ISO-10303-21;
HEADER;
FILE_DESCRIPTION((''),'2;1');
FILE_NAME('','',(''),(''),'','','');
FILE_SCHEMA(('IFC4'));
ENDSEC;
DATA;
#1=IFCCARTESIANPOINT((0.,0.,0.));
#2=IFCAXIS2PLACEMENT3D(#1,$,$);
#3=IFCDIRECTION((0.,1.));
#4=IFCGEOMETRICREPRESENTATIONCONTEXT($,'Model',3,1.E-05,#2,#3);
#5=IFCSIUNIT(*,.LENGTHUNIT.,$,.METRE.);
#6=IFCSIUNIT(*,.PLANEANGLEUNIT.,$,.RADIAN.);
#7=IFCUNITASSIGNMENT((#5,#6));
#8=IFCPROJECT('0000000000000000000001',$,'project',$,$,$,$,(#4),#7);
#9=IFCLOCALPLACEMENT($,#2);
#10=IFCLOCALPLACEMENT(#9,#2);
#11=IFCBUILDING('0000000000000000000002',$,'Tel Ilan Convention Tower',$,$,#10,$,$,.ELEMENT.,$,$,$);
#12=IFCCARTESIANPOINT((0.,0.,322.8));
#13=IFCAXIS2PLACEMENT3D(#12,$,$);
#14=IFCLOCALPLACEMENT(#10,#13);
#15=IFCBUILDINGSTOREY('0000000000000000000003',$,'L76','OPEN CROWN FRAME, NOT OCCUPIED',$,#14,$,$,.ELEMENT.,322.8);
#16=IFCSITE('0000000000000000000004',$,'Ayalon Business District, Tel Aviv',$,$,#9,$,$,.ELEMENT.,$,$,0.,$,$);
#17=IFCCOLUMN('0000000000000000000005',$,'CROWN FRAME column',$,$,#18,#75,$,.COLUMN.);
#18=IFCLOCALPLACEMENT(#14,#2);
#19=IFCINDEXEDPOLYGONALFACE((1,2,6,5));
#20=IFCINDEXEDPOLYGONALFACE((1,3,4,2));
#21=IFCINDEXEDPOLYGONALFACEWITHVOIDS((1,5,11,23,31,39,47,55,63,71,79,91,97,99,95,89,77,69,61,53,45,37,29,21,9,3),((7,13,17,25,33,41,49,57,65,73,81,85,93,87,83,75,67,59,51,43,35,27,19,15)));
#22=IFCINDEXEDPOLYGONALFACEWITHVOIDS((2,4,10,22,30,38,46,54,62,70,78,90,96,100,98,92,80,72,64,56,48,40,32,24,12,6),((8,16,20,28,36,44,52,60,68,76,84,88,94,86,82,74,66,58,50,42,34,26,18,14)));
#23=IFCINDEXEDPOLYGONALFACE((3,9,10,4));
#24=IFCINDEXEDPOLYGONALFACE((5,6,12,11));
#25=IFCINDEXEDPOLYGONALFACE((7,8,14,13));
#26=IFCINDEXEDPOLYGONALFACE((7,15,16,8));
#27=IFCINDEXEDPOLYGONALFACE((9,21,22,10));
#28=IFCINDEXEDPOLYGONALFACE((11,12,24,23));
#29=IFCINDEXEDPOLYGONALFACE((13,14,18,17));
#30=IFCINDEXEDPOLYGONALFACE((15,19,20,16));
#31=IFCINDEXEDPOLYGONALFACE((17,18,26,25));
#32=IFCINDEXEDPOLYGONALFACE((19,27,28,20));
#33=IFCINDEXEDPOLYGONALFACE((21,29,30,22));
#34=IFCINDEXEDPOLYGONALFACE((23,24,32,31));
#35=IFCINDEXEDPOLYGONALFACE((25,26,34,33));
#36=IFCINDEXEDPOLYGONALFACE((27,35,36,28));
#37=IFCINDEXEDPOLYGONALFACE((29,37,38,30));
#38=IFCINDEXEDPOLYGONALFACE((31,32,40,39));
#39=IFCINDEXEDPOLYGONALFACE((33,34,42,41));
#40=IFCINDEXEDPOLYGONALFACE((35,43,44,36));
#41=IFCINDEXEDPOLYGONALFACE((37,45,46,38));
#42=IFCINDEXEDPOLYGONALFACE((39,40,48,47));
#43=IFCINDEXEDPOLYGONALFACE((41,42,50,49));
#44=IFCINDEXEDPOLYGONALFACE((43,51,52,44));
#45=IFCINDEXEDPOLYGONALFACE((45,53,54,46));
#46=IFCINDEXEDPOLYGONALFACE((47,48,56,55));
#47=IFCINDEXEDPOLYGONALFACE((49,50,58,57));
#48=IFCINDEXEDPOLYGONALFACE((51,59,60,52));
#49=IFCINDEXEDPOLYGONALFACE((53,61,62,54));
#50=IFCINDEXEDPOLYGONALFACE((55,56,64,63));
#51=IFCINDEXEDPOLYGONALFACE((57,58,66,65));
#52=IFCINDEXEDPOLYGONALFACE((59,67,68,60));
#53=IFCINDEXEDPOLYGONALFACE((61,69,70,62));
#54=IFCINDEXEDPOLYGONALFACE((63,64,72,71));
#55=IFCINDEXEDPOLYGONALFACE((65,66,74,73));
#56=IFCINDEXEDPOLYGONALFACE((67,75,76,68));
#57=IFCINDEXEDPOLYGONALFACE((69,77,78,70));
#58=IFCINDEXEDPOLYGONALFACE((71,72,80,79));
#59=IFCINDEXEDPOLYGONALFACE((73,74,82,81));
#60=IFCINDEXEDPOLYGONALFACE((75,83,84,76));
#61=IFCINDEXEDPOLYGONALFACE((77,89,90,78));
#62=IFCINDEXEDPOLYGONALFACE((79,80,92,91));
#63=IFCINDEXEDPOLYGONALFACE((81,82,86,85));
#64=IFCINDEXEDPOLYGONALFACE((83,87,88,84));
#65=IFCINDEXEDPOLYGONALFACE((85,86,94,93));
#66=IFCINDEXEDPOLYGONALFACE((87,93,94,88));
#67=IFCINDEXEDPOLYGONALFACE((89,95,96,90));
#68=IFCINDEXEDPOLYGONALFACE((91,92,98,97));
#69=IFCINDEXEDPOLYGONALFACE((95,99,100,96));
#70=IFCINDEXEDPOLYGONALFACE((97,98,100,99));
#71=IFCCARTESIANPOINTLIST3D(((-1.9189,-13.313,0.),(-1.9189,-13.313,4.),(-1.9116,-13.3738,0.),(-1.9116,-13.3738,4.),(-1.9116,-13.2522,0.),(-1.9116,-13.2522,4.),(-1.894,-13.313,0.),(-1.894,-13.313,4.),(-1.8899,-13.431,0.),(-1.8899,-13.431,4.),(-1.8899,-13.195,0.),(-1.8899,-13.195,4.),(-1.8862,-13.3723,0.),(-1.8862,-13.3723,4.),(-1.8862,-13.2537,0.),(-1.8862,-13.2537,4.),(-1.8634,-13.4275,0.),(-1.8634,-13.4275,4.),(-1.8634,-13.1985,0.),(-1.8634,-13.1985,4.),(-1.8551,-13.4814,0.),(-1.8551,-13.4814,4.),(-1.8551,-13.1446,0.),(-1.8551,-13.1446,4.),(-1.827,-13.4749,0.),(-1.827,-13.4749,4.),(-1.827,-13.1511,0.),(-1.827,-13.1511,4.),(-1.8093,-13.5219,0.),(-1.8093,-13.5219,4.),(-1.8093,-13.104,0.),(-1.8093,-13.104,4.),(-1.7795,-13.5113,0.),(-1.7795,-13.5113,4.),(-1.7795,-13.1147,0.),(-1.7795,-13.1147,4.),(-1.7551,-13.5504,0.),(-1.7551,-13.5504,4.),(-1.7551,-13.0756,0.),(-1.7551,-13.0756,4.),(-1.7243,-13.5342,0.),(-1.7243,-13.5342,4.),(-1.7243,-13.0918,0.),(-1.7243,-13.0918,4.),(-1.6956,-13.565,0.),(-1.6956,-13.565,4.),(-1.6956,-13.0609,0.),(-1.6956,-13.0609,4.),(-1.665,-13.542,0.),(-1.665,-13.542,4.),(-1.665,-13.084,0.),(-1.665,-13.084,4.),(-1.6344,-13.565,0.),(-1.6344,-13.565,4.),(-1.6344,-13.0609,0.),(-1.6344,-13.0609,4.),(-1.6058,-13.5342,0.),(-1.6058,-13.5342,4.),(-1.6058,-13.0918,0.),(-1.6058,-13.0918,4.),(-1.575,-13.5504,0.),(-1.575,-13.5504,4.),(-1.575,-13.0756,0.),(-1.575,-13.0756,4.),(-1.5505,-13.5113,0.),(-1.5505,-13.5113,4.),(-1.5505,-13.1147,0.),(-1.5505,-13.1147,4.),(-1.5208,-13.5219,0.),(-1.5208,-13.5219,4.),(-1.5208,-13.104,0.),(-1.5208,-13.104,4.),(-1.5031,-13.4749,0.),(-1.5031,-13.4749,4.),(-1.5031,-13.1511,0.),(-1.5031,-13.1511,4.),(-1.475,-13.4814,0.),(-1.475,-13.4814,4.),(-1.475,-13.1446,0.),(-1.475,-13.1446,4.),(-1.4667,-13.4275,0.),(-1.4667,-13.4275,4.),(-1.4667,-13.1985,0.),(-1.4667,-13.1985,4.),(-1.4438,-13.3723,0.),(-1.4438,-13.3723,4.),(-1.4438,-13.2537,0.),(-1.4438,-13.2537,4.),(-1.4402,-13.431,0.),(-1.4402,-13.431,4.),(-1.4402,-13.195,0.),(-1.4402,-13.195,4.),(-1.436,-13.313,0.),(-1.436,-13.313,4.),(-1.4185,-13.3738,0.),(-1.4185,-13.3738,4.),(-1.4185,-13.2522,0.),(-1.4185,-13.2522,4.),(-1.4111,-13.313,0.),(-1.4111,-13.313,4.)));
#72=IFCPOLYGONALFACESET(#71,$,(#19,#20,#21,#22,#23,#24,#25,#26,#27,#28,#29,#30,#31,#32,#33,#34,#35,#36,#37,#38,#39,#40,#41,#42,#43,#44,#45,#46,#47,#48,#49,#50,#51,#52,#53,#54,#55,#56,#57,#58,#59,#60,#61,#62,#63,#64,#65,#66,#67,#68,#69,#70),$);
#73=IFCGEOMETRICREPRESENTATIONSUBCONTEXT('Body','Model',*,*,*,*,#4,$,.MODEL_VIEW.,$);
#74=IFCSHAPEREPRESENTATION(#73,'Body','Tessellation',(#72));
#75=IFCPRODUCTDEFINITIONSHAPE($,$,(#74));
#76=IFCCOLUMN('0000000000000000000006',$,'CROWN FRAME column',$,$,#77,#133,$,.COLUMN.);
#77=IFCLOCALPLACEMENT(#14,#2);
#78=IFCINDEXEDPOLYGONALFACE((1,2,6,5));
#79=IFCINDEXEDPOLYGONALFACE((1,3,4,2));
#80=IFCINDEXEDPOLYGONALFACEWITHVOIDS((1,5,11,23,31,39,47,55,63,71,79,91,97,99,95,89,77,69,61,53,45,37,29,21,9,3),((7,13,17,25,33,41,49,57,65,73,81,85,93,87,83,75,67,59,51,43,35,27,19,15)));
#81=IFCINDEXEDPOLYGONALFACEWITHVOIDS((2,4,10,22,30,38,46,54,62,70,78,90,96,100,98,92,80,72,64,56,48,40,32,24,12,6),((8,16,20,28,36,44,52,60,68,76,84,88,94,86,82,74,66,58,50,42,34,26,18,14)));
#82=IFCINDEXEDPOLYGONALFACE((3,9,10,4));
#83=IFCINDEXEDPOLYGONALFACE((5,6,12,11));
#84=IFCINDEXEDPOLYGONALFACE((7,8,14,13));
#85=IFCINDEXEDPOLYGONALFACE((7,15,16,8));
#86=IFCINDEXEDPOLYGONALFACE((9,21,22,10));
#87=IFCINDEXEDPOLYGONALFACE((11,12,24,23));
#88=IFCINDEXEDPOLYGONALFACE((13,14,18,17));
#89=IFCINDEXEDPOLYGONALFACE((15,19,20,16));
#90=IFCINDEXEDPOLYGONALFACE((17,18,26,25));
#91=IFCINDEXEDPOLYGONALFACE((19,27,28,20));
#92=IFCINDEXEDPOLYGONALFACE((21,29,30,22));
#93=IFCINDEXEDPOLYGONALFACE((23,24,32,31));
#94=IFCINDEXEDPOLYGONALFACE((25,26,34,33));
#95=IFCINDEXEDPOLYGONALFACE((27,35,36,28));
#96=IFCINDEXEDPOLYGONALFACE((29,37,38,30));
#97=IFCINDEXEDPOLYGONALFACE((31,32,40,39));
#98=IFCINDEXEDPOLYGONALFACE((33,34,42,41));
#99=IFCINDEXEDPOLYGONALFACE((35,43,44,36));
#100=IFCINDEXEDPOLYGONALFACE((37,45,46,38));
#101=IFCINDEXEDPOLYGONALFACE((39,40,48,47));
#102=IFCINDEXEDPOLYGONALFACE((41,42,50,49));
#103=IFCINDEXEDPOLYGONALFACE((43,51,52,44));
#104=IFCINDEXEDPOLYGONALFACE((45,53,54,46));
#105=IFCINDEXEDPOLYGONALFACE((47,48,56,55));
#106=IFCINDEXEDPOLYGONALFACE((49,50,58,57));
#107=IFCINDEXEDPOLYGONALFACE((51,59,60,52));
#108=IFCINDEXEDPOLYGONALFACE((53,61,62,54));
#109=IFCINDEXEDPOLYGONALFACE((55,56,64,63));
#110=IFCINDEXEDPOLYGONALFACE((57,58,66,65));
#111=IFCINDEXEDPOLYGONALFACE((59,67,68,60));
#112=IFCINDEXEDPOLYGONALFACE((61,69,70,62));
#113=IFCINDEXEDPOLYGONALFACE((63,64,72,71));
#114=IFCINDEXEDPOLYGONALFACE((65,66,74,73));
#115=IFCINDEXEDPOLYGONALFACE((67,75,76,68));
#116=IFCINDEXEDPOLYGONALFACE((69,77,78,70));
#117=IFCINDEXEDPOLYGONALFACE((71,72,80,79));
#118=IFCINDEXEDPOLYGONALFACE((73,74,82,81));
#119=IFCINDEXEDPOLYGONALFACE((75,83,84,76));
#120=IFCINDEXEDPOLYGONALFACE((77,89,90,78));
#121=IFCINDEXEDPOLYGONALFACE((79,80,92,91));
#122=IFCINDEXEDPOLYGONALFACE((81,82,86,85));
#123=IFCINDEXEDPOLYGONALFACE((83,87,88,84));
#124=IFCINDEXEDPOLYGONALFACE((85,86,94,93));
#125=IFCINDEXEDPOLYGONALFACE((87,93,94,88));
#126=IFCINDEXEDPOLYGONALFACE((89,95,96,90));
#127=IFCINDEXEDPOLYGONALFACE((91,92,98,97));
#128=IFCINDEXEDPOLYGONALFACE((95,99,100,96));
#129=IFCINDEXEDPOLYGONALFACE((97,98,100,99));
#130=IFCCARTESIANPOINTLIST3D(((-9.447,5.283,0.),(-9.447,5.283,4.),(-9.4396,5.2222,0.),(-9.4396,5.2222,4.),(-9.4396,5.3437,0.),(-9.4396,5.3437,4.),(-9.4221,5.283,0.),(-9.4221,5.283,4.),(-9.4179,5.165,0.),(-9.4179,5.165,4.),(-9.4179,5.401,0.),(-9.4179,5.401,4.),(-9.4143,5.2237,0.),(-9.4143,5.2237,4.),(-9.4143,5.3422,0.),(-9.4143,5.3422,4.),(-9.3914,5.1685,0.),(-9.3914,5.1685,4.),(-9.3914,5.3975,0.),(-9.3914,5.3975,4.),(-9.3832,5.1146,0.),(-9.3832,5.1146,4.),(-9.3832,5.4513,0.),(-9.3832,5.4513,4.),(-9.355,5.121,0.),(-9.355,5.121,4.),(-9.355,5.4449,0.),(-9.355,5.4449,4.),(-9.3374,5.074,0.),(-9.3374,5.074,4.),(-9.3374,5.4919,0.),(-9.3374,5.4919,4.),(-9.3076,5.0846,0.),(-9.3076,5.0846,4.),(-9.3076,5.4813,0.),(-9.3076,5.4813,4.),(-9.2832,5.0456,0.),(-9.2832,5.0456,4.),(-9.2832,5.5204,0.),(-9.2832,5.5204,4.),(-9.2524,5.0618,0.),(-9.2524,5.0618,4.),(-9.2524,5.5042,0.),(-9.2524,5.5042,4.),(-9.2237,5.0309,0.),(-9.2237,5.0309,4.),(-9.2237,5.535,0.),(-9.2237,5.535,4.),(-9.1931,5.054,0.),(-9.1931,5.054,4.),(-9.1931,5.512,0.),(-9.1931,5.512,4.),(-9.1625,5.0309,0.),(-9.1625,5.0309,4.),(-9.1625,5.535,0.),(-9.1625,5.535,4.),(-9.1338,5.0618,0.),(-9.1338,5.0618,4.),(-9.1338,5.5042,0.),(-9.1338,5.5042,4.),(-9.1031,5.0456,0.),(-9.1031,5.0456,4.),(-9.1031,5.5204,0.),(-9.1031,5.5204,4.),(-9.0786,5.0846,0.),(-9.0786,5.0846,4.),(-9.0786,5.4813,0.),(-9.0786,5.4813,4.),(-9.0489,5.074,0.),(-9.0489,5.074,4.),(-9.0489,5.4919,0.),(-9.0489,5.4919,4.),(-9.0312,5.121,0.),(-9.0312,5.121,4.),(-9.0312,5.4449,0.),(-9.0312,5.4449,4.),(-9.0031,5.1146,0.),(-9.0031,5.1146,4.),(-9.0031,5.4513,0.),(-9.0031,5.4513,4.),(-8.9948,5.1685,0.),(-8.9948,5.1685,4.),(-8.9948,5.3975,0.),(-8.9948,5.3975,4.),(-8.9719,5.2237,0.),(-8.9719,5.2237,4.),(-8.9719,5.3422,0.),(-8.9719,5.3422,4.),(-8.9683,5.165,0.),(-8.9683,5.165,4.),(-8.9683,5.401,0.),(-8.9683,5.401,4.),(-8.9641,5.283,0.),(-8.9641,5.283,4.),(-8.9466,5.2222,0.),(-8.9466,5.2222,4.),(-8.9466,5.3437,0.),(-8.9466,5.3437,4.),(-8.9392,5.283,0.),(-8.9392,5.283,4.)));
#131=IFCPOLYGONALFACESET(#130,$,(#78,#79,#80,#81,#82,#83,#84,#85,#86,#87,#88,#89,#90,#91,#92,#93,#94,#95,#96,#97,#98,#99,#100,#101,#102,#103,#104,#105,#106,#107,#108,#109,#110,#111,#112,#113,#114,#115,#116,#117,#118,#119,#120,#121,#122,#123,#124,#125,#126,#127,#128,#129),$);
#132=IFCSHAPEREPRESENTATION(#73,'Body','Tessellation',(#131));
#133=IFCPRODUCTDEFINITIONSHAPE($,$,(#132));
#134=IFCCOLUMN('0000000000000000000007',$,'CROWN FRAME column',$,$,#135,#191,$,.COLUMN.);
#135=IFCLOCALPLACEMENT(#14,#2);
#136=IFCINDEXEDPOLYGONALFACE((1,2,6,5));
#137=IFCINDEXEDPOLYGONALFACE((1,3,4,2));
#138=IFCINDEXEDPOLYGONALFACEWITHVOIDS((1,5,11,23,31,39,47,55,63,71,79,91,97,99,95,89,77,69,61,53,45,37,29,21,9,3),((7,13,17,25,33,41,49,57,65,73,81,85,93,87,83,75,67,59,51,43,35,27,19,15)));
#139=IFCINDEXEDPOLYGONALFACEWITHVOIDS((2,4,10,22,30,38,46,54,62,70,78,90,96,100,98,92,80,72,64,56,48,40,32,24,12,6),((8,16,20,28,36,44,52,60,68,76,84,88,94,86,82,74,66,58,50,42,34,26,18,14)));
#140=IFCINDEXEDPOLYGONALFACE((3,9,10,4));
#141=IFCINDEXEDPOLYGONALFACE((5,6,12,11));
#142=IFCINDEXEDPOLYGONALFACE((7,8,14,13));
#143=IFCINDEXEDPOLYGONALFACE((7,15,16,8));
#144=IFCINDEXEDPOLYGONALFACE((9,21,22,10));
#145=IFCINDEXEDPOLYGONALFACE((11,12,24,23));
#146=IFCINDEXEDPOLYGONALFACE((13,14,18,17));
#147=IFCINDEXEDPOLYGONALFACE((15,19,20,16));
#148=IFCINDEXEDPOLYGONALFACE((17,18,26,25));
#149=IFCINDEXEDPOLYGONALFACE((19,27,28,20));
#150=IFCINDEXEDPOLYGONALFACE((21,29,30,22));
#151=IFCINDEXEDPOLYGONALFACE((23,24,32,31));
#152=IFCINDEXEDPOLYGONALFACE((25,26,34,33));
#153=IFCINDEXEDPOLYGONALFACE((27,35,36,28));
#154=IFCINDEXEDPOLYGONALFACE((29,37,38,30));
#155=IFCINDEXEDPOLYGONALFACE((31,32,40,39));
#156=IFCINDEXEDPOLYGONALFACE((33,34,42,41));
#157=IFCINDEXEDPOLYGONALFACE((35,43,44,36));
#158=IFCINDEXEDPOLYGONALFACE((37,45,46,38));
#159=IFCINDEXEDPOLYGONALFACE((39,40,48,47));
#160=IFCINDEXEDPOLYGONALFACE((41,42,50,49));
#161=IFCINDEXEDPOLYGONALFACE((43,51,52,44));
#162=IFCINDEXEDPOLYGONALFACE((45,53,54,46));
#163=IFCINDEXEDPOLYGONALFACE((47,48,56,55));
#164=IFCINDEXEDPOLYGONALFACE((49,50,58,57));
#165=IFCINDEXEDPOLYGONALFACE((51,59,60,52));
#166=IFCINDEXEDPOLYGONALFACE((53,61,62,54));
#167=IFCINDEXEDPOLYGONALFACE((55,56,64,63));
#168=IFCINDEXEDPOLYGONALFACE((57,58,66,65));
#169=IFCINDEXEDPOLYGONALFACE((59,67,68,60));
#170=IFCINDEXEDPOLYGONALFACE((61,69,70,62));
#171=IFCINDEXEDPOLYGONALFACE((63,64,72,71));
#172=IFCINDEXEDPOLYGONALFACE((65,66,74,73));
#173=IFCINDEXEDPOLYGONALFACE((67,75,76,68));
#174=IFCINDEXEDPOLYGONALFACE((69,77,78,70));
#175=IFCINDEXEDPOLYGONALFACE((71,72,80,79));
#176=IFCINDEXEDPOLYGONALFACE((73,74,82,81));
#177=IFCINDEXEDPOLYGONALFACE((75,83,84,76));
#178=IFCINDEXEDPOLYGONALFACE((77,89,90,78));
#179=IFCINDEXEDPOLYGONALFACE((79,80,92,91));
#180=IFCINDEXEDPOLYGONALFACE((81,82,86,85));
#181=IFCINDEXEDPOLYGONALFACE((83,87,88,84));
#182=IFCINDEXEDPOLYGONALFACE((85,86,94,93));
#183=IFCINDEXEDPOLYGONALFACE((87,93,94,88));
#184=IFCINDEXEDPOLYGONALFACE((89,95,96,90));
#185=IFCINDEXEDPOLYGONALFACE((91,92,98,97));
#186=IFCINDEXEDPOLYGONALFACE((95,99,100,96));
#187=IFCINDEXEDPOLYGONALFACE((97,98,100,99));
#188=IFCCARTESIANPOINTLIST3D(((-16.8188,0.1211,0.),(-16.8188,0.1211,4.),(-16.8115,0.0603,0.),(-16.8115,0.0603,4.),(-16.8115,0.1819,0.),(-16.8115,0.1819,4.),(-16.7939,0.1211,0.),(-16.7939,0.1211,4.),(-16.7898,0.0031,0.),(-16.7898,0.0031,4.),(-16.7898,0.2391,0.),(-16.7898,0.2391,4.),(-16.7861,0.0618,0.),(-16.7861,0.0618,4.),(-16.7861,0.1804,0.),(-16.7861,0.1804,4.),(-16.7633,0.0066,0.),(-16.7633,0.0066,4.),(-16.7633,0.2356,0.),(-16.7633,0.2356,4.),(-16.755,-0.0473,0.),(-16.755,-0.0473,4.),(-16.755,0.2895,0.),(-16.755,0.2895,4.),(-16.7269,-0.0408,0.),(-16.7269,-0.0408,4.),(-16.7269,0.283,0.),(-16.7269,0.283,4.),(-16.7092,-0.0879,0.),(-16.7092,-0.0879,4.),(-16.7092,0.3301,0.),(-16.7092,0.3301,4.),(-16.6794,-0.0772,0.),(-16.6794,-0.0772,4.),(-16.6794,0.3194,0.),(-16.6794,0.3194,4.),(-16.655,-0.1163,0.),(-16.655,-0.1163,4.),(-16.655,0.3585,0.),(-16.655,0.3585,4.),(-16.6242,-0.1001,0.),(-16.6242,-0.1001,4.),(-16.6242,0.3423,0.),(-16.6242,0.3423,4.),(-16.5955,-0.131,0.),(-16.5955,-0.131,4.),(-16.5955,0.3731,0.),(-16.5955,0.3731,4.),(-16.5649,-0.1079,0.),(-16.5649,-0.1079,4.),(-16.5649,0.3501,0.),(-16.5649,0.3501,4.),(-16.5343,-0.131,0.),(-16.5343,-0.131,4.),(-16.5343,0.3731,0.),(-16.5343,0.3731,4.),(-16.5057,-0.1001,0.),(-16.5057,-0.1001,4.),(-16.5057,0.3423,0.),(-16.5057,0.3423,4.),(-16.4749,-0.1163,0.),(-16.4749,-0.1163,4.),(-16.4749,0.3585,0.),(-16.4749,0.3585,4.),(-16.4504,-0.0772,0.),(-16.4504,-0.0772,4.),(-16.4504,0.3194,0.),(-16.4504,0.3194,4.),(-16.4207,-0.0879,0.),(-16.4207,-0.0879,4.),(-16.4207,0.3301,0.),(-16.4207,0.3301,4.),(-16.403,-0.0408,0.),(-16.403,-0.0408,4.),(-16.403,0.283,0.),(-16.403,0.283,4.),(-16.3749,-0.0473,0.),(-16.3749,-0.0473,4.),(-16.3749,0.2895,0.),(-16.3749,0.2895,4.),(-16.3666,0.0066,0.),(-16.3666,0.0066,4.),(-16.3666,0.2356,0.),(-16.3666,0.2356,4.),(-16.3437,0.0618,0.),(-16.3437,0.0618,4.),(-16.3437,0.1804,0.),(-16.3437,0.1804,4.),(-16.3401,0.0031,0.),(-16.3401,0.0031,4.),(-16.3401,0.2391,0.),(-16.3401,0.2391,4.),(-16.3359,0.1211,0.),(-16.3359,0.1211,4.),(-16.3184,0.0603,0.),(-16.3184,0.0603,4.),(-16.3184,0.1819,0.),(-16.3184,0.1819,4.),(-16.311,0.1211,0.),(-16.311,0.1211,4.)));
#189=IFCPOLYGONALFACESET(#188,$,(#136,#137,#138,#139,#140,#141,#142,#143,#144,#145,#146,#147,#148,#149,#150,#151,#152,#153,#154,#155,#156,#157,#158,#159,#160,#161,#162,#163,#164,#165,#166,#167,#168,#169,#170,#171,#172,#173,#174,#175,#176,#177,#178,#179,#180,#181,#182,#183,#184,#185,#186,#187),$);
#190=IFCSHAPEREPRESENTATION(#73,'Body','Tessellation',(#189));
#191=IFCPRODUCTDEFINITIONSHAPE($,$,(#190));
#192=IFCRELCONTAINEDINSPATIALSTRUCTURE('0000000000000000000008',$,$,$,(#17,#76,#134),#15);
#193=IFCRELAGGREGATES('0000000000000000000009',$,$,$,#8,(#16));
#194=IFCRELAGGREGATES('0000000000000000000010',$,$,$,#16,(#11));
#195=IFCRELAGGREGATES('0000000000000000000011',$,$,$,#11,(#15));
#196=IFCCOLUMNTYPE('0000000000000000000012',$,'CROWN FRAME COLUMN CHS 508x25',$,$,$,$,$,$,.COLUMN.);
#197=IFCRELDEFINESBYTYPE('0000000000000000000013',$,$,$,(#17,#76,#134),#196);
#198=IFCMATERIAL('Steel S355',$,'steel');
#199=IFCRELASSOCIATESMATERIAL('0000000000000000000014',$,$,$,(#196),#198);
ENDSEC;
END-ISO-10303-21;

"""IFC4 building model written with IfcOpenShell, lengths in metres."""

from ifc_helpers import new_model, si_unit, direction, frame, origin, origin_2d, place, context, subcontext, project, spatial, hollow_circle, extrude, material, material_profile, profile_set, type_object, element, save


model = new_model("IFC4")

# Units and contexts
model_context = context("Model", 3, precision=1e-05, world=origin(), true_north=direction((0.0, 1.0)))
body_context = subcontext(model_context, "Body", "Model", "MODEL_VIEW")
ifc_project = project(units=[si_unit("LENGTHUNIT", "METRE"), si_unit("PLANEANGLEUNIT", "RADIAN")], contexts=[model_context])

# Site, building, storey
site_placement = place(None, origin())
site = spatial("IfcSite", under=ifc_project, at=site_placement, Name="Ayalon Business District, Tel Aviv", CompositionType="ELEMENT", RefElevation=0.0)
building_placement = place(site_placement, origin())
building = spatial("IfcBuilding", under=site, at=building_placement, Name="Tel Ilan Convention Tower", CompositionType="ELEMENT")
storey_placement = place(building_placement, frame((0.0, 0.0, 322.8)))
storey = spatial("IfcBuildingStorey", under=building, at=storey_placement, Name="L76", Description="OPEN CROWN FRAME, NOT OCCUPIED", CompositionType="ELEMENT", Elevation=322.8)

# Columns
ifc_material_1 = material(Name="Steel S355", Category="steel")
ifc_material_profile_1 = material_profile(ifc_material_1, hollow_circle(Radius=0.2539, WallThickness=0.0249, at=origin_2d()), Name="CHS 508x25")
ifc_profile_set_1 = profile_set([ifc_material_profile_1], Name="Steel S355")
column_type = type_object("IfcColumnType", Name="CROWN FRAME COLUMN CHS 508x25", PredefinedType="COLUMN", material=ifc_profile_set_1)
for number, where, z_axis, x_axis, name in (
    (1, (-1.665, -13.313, 0.0), (0.0, 0.0, 1.0), (1.0, 0.0, 0.0), "CROWN FRAME column"),
    (2, (-9.1931, 5.283, 0.0), (0.0, 0.0, 1.0), (1.0, 0.0, 0.0), "CROWN FRAME column"),
    (3, (-16.5649, 0.1211, 0.0), (0.0, 0.0, 1.0), (1.0, 0.0, 0.0), "CROWN FRAME column"),
):
    element("IfcColumn", number, at=place(storey_placement, frame(where, z_axis=z_axis, x_axis=x_axis)), inside=storey, type_object=column_type, Name=name, PredefinedType="COLUMN", context=body_context, shape_type="SweptSolid", body=[
        extrude(hollow_circle(Radius=0.2539, WallThickness=0.0249, at=origin_2d()), origin(), (0.0, 0.0, 1.0), 4.0),
    ])

save(model, "model.ifc")
